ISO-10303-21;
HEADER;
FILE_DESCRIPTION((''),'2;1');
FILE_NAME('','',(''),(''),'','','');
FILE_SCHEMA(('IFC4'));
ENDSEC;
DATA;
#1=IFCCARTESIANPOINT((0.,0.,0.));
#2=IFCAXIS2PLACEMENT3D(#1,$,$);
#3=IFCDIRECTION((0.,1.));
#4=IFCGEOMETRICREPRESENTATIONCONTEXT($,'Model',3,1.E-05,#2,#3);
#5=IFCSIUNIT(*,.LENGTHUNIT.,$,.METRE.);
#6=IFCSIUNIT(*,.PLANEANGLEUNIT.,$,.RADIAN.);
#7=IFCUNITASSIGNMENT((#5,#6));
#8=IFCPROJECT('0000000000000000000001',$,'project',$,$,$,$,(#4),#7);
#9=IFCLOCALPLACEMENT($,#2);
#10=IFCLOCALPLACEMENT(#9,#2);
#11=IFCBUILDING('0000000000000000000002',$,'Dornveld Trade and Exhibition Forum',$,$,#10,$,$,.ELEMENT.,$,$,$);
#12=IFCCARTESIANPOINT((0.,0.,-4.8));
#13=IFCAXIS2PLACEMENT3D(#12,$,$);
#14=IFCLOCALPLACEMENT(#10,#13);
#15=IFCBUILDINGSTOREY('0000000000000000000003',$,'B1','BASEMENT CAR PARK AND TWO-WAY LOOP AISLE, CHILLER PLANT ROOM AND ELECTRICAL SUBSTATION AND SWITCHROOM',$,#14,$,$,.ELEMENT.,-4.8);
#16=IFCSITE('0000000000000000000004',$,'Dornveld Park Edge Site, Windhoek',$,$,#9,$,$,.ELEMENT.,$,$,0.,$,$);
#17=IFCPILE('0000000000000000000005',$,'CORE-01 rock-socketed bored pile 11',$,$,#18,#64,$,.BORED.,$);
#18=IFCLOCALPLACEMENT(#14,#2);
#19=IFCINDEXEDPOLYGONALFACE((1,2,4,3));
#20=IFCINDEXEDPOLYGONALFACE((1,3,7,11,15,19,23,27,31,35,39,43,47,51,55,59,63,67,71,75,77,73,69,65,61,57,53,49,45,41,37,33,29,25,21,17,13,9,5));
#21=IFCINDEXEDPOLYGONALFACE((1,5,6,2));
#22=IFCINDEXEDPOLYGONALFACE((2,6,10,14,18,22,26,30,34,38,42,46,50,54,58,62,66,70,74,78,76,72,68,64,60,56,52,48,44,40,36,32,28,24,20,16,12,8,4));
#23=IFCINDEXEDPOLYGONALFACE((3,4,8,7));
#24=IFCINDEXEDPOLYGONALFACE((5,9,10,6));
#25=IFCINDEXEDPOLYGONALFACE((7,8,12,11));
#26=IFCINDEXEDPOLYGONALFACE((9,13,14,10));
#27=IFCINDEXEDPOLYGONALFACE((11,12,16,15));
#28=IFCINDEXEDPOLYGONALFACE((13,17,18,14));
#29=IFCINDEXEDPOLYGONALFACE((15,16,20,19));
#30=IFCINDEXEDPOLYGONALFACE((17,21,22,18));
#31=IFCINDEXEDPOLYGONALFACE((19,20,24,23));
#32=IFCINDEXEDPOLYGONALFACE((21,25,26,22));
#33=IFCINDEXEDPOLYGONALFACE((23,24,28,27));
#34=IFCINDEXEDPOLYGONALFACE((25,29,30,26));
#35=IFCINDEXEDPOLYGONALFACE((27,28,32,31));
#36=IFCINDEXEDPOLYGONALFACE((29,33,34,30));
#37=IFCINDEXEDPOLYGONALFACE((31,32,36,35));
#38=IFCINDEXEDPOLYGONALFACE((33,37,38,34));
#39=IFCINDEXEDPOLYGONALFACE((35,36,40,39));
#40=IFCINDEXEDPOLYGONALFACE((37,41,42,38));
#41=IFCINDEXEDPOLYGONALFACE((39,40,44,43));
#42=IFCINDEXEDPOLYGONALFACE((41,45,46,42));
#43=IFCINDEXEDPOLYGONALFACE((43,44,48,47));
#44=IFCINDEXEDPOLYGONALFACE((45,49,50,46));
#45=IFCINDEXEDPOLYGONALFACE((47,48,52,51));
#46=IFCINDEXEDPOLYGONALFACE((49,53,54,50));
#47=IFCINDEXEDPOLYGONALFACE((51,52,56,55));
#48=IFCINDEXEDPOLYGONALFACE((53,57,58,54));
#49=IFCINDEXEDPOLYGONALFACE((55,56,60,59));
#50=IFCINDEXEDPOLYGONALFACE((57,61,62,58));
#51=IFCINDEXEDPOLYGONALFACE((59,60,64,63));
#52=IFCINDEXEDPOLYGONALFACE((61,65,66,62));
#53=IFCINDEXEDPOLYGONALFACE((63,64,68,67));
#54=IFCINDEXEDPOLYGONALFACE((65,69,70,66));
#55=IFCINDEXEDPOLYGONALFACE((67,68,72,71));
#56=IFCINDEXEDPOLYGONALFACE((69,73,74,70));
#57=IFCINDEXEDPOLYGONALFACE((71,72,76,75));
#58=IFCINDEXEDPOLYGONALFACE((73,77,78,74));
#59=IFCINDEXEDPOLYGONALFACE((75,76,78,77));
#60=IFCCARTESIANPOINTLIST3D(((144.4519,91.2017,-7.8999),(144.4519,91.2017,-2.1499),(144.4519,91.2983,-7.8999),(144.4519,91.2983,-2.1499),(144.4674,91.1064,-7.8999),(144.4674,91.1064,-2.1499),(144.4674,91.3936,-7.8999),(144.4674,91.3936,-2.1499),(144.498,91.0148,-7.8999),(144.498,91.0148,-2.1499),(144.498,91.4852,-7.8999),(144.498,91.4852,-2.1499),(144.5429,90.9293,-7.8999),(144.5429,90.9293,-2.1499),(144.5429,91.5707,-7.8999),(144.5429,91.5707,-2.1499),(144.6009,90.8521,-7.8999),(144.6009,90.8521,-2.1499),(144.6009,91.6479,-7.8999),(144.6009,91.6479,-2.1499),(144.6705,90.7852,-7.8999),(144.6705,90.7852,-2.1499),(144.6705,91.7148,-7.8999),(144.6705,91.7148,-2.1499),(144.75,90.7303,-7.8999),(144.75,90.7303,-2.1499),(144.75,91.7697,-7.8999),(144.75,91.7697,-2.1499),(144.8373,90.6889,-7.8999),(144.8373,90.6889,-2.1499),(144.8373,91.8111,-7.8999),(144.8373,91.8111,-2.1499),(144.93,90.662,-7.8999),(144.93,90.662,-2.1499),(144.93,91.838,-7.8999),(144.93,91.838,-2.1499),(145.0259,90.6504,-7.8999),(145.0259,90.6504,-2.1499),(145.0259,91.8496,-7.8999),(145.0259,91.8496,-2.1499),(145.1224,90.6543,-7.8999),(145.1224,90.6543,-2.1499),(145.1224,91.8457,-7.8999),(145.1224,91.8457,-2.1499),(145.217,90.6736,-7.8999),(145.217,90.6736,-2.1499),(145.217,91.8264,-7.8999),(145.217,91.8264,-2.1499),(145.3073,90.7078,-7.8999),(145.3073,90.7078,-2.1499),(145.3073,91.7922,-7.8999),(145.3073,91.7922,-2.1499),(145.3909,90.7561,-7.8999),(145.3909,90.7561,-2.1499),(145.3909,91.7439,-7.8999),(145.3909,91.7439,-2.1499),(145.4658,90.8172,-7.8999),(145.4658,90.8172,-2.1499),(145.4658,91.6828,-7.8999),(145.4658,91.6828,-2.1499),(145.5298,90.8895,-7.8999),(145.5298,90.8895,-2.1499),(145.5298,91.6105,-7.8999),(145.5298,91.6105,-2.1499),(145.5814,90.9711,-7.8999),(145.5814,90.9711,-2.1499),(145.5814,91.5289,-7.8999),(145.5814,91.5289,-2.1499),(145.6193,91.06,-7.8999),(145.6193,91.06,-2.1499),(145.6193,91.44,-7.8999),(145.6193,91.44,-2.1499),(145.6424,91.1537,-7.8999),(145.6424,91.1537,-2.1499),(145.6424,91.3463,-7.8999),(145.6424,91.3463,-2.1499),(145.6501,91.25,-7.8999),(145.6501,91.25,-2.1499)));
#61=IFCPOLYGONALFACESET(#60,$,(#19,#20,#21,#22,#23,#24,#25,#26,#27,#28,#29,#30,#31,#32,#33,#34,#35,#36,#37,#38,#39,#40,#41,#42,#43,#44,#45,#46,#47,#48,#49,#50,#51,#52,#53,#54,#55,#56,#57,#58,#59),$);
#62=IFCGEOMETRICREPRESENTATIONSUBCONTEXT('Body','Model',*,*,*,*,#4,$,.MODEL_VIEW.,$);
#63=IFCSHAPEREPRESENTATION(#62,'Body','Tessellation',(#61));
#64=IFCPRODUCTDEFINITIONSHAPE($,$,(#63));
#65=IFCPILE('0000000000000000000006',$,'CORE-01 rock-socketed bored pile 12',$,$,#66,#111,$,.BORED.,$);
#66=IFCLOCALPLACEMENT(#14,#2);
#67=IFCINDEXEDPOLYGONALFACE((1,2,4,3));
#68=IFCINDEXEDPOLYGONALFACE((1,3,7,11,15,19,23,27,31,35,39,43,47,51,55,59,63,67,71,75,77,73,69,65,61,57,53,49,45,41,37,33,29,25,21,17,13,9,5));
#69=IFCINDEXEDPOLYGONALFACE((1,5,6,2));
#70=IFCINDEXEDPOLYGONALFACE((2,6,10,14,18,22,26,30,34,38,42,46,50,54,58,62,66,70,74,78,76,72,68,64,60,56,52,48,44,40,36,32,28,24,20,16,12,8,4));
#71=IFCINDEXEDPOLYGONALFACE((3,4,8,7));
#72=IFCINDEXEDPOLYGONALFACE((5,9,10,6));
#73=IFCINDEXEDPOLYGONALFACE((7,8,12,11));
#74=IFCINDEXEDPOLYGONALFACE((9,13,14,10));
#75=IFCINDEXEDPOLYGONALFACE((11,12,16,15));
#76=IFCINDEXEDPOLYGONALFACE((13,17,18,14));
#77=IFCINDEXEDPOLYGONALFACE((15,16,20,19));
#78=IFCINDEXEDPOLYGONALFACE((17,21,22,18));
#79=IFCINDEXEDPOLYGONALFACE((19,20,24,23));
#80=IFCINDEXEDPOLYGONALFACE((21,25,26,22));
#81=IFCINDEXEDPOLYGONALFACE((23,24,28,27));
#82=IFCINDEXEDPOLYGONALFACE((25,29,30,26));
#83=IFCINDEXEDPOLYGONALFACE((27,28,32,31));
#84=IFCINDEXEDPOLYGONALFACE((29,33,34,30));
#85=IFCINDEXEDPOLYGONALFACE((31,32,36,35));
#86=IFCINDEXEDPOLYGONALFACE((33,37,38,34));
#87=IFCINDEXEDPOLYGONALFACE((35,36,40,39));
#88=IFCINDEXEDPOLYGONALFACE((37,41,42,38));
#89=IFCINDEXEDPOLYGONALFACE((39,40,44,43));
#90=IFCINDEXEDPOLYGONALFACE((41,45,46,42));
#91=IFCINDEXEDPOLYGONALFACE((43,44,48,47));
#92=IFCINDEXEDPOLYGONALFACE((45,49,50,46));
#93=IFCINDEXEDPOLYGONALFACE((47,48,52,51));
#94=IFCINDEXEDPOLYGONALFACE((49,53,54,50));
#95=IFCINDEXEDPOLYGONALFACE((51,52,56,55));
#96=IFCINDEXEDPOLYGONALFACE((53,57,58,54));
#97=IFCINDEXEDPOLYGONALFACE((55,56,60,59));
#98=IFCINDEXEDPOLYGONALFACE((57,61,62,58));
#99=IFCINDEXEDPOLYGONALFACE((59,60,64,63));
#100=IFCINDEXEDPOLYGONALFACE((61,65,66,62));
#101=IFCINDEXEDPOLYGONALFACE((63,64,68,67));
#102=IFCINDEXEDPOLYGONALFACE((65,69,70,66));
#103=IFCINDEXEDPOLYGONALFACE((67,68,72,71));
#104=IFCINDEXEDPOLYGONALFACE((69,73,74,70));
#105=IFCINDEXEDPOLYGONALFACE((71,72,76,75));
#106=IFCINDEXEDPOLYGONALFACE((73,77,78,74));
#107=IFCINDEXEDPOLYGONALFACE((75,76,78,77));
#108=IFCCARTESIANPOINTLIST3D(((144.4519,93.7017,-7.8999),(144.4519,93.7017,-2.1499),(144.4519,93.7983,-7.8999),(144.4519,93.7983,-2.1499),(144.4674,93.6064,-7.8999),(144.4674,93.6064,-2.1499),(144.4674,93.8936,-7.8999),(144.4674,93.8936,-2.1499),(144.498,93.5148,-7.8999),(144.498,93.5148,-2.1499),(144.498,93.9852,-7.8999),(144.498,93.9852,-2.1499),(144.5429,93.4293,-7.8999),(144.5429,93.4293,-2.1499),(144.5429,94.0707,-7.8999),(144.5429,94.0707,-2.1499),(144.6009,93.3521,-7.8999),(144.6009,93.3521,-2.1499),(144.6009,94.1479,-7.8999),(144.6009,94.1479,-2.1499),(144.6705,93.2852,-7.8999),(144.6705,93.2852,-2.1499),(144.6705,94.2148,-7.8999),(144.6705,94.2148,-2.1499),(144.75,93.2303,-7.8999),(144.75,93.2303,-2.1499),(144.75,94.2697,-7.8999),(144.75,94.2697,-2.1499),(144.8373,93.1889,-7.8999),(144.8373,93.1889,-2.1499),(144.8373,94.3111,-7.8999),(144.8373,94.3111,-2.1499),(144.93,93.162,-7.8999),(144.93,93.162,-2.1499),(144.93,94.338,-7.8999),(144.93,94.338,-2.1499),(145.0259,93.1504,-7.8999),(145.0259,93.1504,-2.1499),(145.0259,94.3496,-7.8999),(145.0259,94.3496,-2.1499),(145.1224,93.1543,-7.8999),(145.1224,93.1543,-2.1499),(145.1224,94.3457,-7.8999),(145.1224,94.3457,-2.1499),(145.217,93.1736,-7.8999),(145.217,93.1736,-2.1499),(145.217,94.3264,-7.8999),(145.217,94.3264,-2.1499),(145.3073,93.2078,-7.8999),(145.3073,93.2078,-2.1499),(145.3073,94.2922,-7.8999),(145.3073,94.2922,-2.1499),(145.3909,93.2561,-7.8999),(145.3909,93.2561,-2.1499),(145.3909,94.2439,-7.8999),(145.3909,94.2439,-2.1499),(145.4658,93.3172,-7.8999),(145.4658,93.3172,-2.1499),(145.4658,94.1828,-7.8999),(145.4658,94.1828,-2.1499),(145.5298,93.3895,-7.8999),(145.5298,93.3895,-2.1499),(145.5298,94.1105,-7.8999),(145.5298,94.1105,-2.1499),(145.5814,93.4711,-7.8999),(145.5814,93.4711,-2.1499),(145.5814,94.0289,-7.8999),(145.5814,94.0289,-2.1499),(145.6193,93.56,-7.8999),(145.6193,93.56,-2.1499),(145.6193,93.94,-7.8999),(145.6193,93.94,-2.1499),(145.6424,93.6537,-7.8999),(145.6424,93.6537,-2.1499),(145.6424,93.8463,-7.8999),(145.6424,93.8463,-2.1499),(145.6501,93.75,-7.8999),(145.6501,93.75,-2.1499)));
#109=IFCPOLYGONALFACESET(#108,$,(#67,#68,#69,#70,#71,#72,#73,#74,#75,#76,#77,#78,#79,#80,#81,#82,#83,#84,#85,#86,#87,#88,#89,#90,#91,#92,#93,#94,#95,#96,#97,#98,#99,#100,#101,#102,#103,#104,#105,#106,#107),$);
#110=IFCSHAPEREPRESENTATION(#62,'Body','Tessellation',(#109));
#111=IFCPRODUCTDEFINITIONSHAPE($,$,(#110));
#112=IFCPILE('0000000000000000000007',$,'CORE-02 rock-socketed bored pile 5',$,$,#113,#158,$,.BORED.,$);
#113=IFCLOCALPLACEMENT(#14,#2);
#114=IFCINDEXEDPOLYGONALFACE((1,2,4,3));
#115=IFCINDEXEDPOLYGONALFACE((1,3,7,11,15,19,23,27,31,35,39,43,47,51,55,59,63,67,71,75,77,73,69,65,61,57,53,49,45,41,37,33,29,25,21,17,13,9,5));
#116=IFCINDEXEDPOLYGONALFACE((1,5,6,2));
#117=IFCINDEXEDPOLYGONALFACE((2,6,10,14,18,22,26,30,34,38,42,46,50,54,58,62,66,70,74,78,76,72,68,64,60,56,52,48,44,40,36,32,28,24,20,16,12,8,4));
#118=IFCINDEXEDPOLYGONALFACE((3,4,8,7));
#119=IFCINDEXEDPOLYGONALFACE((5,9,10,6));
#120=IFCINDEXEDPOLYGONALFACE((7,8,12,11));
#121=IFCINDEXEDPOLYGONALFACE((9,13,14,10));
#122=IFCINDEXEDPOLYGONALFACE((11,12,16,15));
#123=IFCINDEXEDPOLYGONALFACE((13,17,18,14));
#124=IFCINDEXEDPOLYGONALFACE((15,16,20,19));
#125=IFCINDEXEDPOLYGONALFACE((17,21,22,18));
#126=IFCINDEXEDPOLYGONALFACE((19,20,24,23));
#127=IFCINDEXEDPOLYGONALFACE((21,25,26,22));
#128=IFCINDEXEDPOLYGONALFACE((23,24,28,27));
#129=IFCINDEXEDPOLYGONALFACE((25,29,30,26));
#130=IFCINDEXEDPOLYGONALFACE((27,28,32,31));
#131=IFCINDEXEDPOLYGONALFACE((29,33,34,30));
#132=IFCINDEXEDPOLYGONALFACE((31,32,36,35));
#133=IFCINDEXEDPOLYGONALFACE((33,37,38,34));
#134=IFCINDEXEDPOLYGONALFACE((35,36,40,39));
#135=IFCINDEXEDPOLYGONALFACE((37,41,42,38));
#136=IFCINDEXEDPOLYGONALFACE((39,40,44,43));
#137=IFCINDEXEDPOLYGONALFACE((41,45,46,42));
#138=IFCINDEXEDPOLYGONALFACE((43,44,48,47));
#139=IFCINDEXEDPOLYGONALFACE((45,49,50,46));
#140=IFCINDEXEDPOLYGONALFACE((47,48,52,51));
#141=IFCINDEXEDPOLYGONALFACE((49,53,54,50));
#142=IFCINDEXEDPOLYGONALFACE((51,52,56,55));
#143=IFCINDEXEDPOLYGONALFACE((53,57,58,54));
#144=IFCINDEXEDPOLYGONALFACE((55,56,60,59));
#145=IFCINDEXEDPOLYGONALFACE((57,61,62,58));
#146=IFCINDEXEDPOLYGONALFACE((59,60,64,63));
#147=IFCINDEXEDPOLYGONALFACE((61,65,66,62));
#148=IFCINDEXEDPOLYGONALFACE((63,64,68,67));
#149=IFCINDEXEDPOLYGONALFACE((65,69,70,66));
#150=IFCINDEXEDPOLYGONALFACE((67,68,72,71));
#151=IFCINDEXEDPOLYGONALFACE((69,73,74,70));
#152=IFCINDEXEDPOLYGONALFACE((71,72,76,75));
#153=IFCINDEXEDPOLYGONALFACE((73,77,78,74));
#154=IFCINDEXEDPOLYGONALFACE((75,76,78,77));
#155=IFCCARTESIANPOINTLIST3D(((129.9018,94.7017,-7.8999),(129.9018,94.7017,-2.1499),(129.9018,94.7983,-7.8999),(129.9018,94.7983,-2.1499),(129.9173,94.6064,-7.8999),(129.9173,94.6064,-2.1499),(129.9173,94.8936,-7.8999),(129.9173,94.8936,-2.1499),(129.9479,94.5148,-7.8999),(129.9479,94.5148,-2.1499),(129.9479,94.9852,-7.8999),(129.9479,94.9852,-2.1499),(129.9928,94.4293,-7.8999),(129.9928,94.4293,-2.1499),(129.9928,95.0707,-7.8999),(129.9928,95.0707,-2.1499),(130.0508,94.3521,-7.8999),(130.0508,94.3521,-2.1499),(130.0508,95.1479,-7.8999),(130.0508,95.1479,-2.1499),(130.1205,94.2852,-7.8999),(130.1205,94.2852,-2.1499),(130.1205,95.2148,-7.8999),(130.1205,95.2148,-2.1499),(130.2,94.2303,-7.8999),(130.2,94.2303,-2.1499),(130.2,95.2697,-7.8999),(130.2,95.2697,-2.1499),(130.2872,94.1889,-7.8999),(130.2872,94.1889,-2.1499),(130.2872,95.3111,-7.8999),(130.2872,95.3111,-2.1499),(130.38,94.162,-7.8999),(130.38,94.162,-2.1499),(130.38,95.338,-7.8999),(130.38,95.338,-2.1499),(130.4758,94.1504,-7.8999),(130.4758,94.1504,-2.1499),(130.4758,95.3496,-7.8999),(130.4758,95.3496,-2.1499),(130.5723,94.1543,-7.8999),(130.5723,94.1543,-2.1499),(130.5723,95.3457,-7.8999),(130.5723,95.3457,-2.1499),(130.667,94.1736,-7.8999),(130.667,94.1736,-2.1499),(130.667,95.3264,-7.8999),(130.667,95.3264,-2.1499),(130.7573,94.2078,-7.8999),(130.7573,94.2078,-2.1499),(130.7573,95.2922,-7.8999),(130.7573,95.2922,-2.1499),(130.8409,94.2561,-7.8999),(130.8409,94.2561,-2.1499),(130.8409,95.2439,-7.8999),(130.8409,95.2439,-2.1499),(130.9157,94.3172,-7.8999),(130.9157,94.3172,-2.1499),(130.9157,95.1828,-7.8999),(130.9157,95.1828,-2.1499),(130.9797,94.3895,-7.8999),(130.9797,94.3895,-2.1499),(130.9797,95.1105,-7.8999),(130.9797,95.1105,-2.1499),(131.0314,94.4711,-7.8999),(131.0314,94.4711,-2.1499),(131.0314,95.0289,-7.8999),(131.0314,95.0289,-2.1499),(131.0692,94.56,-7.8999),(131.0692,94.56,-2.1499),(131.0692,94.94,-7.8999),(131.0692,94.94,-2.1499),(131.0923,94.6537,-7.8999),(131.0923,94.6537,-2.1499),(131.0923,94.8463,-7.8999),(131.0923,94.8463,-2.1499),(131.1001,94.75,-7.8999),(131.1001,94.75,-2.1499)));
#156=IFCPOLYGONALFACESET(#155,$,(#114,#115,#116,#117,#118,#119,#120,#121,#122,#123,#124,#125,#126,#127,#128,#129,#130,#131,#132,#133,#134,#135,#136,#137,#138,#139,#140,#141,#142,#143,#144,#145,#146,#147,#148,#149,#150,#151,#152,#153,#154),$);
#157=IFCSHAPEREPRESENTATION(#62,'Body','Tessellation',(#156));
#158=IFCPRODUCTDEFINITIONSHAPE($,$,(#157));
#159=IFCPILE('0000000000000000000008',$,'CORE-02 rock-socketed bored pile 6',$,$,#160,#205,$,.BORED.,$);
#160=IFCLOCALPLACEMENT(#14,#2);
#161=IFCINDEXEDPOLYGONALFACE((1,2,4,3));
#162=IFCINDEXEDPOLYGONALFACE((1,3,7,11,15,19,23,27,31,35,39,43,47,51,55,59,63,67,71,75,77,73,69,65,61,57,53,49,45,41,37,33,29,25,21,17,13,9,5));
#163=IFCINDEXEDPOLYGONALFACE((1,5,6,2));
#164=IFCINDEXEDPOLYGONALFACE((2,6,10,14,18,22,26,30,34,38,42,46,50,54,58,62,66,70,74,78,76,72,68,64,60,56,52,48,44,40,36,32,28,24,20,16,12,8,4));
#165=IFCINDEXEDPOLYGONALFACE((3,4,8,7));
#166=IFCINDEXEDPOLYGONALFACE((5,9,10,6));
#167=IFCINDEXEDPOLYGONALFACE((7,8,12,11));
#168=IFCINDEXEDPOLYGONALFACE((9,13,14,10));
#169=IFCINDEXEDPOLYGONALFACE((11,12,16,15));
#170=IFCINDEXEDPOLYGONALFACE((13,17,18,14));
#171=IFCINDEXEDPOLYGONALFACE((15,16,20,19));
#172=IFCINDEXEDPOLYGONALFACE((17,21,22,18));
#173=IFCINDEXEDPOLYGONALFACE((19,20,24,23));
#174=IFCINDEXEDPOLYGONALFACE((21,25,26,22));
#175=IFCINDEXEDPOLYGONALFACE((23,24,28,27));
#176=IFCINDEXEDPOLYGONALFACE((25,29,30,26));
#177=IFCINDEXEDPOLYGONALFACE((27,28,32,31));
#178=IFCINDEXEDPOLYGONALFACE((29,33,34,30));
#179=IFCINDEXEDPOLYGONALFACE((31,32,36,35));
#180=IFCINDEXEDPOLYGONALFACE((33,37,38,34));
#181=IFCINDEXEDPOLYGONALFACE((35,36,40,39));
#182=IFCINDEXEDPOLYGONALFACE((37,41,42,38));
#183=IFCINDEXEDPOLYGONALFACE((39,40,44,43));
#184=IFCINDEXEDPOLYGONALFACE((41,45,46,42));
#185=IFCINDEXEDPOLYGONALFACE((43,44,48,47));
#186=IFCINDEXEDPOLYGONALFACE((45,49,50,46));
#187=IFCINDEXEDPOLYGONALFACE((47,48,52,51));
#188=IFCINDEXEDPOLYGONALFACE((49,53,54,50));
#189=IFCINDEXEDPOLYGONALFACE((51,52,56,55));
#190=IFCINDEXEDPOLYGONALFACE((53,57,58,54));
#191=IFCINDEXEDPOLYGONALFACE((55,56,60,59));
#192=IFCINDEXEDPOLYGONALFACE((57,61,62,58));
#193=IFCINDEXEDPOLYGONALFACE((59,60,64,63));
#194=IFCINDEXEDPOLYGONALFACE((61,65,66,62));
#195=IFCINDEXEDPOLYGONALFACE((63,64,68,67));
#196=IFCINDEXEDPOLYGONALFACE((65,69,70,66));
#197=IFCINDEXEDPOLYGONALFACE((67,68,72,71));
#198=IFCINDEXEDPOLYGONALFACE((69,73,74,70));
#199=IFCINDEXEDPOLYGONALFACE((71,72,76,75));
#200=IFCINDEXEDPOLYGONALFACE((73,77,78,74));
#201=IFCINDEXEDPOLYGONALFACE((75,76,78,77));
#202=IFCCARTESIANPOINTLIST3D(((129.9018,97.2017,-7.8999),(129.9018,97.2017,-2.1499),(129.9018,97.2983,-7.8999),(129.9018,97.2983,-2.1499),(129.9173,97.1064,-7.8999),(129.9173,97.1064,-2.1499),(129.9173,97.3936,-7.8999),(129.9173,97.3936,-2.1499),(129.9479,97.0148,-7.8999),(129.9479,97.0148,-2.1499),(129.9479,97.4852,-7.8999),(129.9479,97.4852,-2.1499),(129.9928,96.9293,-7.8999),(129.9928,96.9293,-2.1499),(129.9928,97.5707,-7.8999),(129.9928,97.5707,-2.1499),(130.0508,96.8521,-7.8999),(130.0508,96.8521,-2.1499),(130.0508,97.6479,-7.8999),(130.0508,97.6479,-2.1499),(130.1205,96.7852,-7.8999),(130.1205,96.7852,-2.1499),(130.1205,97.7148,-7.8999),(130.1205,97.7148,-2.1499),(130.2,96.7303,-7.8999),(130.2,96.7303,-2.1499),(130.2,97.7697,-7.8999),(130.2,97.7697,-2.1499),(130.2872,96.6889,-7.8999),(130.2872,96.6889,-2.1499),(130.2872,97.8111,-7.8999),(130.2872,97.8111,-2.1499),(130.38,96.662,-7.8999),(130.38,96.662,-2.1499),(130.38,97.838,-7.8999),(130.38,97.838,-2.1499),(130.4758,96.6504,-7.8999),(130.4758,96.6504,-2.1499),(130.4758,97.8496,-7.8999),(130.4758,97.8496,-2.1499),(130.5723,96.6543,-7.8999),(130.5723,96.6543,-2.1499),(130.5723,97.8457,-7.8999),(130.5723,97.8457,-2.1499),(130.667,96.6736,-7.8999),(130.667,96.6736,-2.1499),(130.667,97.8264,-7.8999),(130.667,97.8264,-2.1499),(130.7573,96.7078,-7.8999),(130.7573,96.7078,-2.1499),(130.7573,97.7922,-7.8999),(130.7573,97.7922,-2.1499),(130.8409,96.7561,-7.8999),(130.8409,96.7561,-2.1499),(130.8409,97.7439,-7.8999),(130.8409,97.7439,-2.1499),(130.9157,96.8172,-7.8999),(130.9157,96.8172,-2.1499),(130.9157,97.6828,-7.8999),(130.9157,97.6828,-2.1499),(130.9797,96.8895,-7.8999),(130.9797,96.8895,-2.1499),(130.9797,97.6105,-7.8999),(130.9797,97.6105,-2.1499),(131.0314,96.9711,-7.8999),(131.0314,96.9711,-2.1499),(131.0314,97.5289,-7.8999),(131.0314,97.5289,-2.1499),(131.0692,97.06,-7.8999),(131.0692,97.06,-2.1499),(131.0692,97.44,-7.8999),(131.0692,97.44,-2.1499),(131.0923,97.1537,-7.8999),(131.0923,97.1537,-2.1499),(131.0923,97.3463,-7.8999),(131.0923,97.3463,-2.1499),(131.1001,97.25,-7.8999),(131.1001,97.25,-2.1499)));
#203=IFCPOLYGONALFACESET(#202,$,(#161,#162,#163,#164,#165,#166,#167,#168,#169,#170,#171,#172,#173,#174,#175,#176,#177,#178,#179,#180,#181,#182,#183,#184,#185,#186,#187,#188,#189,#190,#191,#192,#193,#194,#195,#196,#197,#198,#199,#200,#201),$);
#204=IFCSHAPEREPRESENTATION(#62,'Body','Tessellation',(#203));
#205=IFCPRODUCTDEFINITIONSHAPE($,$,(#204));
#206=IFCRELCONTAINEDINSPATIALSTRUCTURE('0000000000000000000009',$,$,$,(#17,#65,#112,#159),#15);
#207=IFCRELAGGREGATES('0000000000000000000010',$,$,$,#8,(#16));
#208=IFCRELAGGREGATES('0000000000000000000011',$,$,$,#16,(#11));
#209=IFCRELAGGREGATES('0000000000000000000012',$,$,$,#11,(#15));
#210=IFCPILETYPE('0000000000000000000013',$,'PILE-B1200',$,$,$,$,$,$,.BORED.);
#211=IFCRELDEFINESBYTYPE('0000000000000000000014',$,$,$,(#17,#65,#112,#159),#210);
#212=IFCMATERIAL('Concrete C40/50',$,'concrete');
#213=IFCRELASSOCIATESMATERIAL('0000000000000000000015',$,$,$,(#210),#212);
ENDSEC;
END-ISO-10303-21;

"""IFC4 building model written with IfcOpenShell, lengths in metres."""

from ifc_helpers import new_model, si_unit, direction, frame, origin, origin_2d, place, context, subcontext, project, spatial, circle, extrude, material, material_profile, profile_set, type_object, element, save


model = new_model("IFC4")

# Units and contexts
model_context = context("Model", 3, precision=1e-05, world=origin(), true_north=direction((0.0, 1.0)))
body_context = subcontext(model_context, "Body", "Model", "MODEL_VIEW")
ifc_project = project(units=[si_unit("LENGTHUNIT", "METRE"), si_unit("PLANEANGLEUNIT", "RADIAN")], contexts=[model_context])

# Site, building, storey
site_placement = place(None, origin())
site = spatial("IfcSite", under=ifc_project, at=site_placement, Name="Dornveld Park Edge Site, Windhoek", CompositionType="ELEMENT", RefElevation=0.0)
building_placement = place(site_placement, origin())
building = spatial("IfcBuilding", under=site, at=building_placement, Name="Dornveld Trade and Exhibition Forum", CompositionType="ELEMENT")
storey_placement = place(building_placement, frame((0.0, 0.0, -4.8)))
storey = spatial("IfcBuildingStorey", under=building, at=storey_placement, Name="B1", Description="BASEMENT CAR PARK AND TWO-WAY LOOP AISLE, CHILLER PLANT ROOM AND ELECTRICAL SUBSTATION AND SWITCHROOM", CompositionType="ELEMENT", Elevation=-4.8)

# Piles
ifc_material_1 = material(Name="Concrete C40/50", Category="concrete")
ifc_material_profile_1 = material_profile(ifc_material_1, circle(Radius=0.6001, at=origin_2d()), Name="PILE D1200")
ifc_profile_set_1 = profile_set([ifc_material_profile_1], Name="Concrete C40/50")
pile_type_1 = type_object("IfcPileType", Name="PILE-B1200", PredefinedType="BORED", material=ifc_profile_set_1)
for number, where, z_axis, x_axis, name in (
    (1, (145.05, 91.25, -2.1499), (0.0, 0.0, -1.0), (1.0, 0.0, 0.0), "CORE-01 rock-socketed bored pile 11"),
    (2, (145.05, 93.75, -2.1499), (0.0, 0.0, -1.0), (1.0, 0.0, 0.0), "CORE-01 rock-socketed bored pile 12"),
    (3, (130.5, 94.75, -2.1499), (0.0, 0.0, -1.0), (1.0, 0.0, 0.0), "CORE-02 rock-socketed bored pile 5"),
    (4, (130.5, 97.25, -2.1499), (0.0, 0.0, -1.0), (1.0, 0.0, 0.0), "CORE-02 rock-socketed bored pile 6"),
):
    element("IfcPile", number, at=place(storey_placement, frame(where, z_axis=z_axis, x_axis=x_axis)), inside=storey, type_object=pile_type_1, Name=name, PredefinedType="BORED", context=body_context, shape_type="SweptSolid", body=[
        extrude(circle(Radius=0.6001, at=origin_2d()), origin(), (0.0, 0.0, 1.0), 5.75),
    ])

save(model, "model.ifc")
